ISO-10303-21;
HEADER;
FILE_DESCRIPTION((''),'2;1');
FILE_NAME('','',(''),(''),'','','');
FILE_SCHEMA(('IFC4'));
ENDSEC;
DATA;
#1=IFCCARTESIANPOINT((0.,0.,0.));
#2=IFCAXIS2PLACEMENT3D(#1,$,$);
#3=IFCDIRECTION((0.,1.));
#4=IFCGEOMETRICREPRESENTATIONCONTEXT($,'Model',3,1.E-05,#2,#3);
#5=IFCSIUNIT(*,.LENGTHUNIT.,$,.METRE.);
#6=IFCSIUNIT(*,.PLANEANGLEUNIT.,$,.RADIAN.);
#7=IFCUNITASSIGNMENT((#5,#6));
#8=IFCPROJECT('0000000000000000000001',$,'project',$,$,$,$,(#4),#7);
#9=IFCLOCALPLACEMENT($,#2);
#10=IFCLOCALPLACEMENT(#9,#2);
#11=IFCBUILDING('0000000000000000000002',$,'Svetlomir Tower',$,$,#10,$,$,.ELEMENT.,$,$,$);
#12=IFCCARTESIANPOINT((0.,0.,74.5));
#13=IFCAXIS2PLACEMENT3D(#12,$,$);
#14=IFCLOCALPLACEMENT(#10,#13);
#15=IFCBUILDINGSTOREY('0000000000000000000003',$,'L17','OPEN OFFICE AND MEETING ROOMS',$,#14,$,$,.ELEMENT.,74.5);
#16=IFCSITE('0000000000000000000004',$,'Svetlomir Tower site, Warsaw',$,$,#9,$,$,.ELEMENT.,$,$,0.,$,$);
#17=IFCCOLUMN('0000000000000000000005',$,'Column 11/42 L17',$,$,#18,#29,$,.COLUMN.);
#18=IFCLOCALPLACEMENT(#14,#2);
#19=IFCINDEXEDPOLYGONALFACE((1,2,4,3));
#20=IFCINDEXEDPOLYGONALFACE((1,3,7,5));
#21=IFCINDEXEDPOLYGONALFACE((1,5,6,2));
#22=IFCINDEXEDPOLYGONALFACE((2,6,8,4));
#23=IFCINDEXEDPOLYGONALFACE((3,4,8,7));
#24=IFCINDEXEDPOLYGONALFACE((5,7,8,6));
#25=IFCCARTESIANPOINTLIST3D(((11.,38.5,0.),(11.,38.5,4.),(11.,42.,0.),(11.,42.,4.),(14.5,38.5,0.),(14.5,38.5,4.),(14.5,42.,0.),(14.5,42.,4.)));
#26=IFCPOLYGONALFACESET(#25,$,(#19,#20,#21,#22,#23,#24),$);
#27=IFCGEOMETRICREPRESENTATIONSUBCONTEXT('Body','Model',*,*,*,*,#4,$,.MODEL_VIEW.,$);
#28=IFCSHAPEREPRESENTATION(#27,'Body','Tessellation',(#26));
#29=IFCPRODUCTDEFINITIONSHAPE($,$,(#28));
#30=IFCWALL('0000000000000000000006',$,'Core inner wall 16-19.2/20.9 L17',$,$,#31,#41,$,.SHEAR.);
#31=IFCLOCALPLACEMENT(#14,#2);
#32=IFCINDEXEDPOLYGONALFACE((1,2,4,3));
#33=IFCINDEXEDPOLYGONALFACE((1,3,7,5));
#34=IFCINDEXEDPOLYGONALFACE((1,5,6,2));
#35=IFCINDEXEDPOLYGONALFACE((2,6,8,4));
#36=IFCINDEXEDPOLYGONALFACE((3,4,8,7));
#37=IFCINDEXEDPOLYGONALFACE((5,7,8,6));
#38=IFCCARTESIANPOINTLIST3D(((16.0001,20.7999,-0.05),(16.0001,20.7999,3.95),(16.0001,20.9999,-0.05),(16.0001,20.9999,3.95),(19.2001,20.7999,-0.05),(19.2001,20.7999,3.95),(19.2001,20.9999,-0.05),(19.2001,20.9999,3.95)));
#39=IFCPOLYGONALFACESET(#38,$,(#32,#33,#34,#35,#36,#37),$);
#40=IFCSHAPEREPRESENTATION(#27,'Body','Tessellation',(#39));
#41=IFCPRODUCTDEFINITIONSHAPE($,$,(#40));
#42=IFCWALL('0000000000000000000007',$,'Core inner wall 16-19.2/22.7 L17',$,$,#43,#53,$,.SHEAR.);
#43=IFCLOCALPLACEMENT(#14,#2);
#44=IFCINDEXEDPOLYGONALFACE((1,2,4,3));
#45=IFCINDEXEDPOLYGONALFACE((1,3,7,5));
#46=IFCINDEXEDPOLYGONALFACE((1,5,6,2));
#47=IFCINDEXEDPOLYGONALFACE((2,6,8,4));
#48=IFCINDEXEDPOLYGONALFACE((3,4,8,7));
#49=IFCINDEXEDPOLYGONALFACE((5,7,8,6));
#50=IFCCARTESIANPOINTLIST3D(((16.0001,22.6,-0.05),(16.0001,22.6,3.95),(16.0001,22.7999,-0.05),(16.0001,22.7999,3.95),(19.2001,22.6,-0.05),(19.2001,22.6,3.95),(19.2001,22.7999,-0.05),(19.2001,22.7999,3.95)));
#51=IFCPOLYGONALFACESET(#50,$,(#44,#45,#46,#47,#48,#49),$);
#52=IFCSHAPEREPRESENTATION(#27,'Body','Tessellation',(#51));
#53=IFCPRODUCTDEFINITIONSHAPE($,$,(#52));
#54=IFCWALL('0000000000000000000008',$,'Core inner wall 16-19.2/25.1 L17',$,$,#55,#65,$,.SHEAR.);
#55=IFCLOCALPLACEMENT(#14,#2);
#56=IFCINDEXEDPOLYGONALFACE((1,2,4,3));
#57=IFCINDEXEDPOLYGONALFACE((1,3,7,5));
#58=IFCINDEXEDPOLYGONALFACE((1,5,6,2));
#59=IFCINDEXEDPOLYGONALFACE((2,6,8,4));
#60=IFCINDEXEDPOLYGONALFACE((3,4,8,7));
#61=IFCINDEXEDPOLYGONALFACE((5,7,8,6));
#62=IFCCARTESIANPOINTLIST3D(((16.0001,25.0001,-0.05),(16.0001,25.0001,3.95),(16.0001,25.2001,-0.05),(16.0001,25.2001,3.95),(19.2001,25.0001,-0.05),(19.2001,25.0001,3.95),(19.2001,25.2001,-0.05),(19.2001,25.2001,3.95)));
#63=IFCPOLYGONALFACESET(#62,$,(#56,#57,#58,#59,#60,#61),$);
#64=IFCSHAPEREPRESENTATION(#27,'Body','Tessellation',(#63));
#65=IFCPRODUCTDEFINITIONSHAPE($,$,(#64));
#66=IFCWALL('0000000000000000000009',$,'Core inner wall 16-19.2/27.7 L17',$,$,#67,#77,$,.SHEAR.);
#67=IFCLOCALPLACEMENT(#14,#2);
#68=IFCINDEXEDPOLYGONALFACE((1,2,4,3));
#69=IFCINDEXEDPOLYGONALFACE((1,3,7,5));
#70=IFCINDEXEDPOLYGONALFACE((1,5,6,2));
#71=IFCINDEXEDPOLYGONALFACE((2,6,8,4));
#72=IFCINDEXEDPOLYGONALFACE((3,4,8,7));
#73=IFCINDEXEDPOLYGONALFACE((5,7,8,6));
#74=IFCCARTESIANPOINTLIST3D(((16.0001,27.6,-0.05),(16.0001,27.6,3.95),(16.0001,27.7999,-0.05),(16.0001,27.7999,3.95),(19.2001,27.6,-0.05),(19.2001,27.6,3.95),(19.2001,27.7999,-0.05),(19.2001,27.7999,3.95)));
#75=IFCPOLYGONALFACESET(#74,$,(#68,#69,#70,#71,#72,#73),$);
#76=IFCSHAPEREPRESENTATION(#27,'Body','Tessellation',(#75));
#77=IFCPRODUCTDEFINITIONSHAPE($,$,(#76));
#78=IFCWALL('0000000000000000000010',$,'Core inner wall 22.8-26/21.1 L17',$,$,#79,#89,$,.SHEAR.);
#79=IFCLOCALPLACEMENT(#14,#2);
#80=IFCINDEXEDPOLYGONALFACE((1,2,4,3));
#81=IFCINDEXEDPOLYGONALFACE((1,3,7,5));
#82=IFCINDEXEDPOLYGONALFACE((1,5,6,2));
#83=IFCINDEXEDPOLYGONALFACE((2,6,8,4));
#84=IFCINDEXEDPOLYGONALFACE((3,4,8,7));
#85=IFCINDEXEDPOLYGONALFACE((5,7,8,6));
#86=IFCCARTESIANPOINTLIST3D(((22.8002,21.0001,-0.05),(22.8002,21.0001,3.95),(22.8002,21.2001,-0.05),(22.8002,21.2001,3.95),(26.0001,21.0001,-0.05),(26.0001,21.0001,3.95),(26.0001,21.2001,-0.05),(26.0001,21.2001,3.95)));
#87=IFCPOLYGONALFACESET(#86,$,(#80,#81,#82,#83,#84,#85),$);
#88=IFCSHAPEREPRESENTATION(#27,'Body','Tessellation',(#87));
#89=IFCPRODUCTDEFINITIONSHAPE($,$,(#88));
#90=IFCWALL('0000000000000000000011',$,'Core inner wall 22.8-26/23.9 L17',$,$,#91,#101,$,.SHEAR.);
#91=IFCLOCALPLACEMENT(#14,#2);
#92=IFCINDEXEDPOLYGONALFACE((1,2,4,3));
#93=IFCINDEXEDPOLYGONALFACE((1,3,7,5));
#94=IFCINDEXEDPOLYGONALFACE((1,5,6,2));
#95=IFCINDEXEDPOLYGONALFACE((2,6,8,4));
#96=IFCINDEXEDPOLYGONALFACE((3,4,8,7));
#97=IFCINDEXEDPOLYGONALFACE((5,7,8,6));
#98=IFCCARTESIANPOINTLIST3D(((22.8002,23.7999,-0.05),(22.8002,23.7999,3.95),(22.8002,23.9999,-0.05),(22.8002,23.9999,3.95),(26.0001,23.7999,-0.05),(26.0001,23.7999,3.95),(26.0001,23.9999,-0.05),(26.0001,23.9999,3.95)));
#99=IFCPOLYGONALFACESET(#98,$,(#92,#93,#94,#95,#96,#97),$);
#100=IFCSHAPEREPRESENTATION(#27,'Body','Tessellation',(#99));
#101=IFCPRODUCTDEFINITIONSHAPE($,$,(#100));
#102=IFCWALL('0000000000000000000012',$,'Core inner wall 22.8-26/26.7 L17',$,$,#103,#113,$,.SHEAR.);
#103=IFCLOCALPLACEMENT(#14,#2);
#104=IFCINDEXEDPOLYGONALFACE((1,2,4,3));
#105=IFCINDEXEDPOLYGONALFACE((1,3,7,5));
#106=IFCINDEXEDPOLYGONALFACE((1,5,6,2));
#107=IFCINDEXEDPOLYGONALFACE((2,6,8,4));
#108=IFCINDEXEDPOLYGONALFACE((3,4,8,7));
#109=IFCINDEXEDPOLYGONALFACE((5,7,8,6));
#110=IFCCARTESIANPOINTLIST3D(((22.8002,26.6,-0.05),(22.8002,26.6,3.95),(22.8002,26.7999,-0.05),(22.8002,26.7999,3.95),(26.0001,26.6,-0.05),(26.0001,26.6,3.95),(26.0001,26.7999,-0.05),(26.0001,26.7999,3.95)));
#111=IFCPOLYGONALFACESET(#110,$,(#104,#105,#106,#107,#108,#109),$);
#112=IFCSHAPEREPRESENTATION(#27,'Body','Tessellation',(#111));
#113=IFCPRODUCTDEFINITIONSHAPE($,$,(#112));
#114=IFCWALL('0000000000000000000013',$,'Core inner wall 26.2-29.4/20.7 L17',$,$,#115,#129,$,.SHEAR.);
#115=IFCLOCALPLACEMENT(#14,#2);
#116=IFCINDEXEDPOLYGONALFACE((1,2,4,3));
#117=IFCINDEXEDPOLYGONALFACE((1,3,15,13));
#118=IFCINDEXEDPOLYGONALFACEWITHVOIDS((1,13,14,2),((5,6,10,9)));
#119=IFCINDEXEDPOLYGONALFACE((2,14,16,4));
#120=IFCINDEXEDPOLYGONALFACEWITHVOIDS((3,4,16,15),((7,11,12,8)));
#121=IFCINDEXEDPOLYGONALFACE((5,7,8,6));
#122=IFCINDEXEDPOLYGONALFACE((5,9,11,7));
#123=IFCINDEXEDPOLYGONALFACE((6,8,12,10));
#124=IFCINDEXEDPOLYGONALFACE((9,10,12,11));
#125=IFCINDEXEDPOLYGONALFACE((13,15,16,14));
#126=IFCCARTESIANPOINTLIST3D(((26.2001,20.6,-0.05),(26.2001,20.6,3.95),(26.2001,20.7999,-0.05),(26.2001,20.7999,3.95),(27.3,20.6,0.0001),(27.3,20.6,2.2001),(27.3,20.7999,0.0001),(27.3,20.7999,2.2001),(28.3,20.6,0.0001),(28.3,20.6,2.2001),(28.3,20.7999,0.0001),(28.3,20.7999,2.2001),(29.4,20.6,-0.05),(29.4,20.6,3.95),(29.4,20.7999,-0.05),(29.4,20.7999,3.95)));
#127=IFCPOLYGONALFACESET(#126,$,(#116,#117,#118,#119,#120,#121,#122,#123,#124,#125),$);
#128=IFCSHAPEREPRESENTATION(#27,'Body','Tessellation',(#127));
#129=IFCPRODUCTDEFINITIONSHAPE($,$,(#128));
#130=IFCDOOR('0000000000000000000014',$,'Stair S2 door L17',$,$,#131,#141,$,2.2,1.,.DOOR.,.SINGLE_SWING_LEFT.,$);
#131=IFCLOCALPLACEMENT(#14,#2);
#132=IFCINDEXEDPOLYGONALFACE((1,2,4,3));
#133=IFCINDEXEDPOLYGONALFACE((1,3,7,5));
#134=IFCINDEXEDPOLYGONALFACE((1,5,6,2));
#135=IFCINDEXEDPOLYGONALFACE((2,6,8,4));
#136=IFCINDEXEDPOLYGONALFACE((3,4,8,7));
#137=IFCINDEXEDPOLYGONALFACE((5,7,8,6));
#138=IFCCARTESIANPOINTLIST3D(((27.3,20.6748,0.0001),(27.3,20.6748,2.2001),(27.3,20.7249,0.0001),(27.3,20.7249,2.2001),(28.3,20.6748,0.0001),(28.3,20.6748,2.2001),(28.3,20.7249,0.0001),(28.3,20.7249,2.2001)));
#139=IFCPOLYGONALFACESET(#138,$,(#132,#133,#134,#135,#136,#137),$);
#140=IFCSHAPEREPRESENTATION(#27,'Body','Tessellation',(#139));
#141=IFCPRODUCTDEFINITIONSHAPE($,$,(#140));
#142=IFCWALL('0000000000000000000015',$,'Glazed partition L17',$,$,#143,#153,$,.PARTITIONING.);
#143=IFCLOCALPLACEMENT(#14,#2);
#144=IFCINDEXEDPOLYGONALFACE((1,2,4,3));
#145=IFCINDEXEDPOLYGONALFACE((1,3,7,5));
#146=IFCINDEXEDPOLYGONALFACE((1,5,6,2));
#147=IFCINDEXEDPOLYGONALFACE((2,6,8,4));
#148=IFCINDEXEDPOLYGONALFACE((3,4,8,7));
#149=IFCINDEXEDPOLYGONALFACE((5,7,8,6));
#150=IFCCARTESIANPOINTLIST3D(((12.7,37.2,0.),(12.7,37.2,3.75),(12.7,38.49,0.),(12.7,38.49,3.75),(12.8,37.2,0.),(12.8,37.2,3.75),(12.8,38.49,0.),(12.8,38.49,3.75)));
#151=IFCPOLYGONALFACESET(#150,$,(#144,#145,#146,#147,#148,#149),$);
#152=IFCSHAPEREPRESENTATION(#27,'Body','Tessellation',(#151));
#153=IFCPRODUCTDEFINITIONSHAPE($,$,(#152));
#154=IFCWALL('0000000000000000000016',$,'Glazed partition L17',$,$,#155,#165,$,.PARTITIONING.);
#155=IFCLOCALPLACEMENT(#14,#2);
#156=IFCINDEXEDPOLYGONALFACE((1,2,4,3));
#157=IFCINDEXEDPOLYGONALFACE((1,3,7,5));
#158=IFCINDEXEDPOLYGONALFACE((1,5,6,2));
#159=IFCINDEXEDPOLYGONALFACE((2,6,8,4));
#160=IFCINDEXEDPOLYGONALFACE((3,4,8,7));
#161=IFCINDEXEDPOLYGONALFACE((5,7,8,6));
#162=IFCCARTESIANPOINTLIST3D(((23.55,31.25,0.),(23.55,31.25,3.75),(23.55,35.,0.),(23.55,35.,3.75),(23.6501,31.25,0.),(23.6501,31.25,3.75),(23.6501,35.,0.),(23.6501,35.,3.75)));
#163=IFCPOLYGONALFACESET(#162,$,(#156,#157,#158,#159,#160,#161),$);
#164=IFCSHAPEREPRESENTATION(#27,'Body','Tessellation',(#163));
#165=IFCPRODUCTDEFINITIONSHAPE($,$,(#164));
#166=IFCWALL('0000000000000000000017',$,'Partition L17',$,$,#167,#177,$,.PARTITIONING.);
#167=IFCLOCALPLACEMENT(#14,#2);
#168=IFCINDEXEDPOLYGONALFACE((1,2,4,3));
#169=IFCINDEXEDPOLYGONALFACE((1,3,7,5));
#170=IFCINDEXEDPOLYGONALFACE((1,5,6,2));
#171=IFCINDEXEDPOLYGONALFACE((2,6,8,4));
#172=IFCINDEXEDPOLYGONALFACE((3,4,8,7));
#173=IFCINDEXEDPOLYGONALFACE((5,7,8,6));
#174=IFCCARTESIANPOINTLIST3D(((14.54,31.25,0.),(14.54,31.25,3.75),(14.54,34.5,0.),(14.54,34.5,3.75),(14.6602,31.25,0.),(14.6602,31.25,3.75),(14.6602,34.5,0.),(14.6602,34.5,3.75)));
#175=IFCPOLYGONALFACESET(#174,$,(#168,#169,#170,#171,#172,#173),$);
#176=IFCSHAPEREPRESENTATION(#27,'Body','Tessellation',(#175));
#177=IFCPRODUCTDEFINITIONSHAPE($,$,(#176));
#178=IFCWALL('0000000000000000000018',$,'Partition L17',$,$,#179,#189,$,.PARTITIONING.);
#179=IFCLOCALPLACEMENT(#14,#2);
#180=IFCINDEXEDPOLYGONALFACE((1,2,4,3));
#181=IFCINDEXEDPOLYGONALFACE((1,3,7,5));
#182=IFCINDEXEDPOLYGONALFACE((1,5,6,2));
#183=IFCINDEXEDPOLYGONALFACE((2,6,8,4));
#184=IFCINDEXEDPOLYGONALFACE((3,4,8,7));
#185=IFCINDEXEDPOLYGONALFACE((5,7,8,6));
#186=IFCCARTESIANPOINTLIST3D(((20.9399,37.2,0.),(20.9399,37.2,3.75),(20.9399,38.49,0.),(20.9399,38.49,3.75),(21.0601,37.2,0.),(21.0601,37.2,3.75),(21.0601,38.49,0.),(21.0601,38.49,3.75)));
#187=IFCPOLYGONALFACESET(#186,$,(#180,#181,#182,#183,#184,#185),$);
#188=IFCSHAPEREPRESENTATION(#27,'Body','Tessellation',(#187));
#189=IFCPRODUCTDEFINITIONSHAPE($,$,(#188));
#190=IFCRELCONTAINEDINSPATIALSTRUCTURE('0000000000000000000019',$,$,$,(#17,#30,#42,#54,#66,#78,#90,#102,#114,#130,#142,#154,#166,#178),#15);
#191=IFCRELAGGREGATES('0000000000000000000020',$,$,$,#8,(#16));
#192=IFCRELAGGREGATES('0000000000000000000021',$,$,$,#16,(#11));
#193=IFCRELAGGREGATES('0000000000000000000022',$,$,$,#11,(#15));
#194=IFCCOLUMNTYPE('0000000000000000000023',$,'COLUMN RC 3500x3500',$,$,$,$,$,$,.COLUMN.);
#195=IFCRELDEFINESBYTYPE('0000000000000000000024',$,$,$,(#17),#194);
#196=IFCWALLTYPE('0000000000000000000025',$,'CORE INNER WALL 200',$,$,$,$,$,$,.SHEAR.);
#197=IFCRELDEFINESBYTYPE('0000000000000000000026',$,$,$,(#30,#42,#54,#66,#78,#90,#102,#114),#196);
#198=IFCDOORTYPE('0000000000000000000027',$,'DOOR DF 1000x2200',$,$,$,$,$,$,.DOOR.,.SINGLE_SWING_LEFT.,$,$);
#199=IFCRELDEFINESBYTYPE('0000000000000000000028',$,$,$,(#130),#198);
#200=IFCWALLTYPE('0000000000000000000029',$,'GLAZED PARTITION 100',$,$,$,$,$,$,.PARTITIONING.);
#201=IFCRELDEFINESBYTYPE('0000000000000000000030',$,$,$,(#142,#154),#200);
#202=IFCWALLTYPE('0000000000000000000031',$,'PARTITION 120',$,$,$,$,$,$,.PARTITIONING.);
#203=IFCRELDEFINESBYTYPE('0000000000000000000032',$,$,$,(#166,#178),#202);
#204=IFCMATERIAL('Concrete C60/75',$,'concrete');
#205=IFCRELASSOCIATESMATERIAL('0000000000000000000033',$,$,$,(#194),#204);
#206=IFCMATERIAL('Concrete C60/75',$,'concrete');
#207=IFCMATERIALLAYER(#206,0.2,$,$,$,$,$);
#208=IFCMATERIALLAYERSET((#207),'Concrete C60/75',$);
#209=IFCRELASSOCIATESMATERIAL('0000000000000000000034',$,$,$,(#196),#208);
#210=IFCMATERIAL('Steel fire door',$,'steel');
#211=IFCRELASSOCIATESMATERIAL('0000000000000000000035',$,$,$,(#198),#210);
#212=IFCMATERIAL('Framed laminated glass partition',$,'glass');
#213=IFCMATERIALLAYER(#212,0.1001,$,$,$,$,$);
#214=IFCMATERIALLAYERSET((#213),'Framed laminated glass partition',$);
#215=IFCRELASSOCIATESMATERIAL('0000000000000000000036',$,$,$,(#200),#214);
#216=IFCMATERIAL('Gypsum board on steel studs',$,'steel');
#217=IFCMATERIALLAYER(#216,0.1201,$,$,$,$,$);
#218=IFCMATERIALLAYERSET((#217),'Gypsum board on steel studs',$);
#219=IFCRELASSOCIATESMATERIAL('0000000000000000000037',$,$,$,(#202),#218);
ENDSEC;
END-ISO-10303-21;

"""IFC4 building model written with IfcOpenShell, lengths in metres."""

from ifc_helpers import new_model, si_unit, direction, frame, frame_2d, origin, origin_2d, place, context, subcontext, project, spatial, rectangle, extrude, material, layer, layer_set, material_profile, profile_set, type_object, element, fill, save


model = new_model("IFC4")

# Units and contexts
model_context = context("Model", 3, precision=1e-05, world=origin(), true_north=direction((0.0, 1.0)))
body_context = subcontext(model_context, "Body", "Model", "MODEL_VIEW")
ifc_project = project(units=[si_unit("LENGTHUNIT", "METRE"), si_unit("PLANEANGLEUNIT", "RADIAN")], contexts=[model_context])

# Site, building, storey
site_placement = place(None, origin())
site = spatial("IfcSite", under=ifc_project, at=site_placement, Name="Svetlomir Tower site, Warsaw", CompositionType="ELEMENT", RefElevation=0.0)
building_placement = place(site_placement, origin())
building = spatial("IfcBuilding", under=site, at=building_placement, Name="Svetlomir Tower", CompositionType="ELEMENT")
storey_placement = place(building_placement, frame((0.0, 0.0, 74.5)))
storey = spatial("IfcBuildingStorey", under=building, at=storey_placement, Name="L17", Description="OPEN OFFICE AND MEETING ROOMS", CompositionType="ELEMENT", Elevation=74.5)

# Column
ifc_material_1 = material(Name="Concrete C60/75", Category="concrete")
ifc_material_profile = material_profile(ifc_material_1, rectangle(XDim=3.5, YDim=3.5, at=origin_2d()), Name="RC 3500x3500")
ifc_profile_set = profile_set([ifc_material_profile], Name="Concrete C60/75")
column_type = type_object("IfcColumnType", Name="COLUMN RC 3500x3500", PredefinedType="COLUMN", material=ifc_profile_set)
column_placement = place(storey_placement, frame((12.75, 40.25, 0.0), z_axis=(0.0, 0.0, 1.0), x_axis=(1.0, 0.0, 0.0)))
element("IfcColumn", 1, at=column_placement, inside=storey, type_object=column_type, Name="Column 11/42 L17", PredefinedType="COLUMN", context=body_context, shape_type="SweptSolid", body=[
    extrude(rectangle(XDim=3.5, YDim=3.5, at=origin_2d()), origin(), (0.0, 0.0, 1.0), 4.0),
])

# Walls
ifc_material_2 = material(Name="Concrete C60/75", Category="concrete")
ifc_layer_1 = layer(ifc_material_2, 0.2)
ifc_layer_set_1 = layer_set([ifc_layer_1], Name="Concrete C60/75")
wall_type_1 = type_object("IfcWallType", Name="CORE INNER WALL 200", PredefinedType="SHEAR", material=ifc_layer_set_1)
for number, where, z_axis, x_axis, name in (
    (2, (16.0, 20.8999, -0.05), (0.0, 0.0, 1.0), (1.0, 0.0, 0.0), "Core inner wall 16-19.2/20.9 L17"),
    (3, (16.0, 22.7, -0.05), (0.0, 0.0, 1.0), (1.0, 0.0, 0.0), "Core inner wall 16-19.2/22.7 L17"),
    (4, (16.0, 25.1001, -0.05), (0.0, 0.0, 1.0), (1.0, 0.0, 0.0), "Core inner wall 16-19.2/25.1 L17"),
    (5, (16.0, 27.7, -0.05), (0.0, 0.0, 1.0), (1.0, 0.0, 0.0), "Core inner wall 16-19.2/27.7 L17"),
    (6, (22.8, 21.1001, -0.05), (0.0, 0.0, 1.0), (1.0, 0.0, 0.0), "Core inner wall 22.8-26/21.1 L17"),
    (7, (22.8, 23.8999, -0.05), (0.0, 0.0, 1.0), (1.0, 0.0, 0.0), "Core inner wall 22.8-26/23.9 L17"),
    (8, (22.8, 26.7, -0.05), (0.0, 0.0, 1.0), (1.0, 0.0, 0.0), "Core inner wall 22.8-26/26.7 L17"),
):
    element("IfcWall", number, at=place(storey_placement, frame(where, z_axis=z_axis, x_axis=x_axis)), inside=storey, type_object=wall_type_1, Name=name, PredefinedType="SHEAR", context=body_context, shape_type="SweptSolid", body=[
        extrude(rectangle(XDim=3.2, YDim=0.2, at=frame_2d((1.6001, 0.0))), origin(), (0.0, 0.0, 1.0), 4.0),
    ])

# Wall, opening, door
wall_1_placement = place(storey_placement, frame((26.2, 20.7, -0.05), z_axis=(0.0, 0.0, 1.0), x_axis=(1.0, 0.0, 0.0)))
wall_1 = element("IfcWall", 9, at=wall_1_placement, inside=storey, type_object=wall_type_1, Name="Core inner wall 26.2-29.4/20.7 L17", PredefinedType="SHEAR", context=body_context, shape_type="SweptSolid", body=[
    extrude(rectangle(XDim=3.2, YDim=0.2, at=frame_2d((1.6001, 0.0))), origin(), (0.0, 0.0, 1.0), 4.0),
])
opening_1_placement = place(wall_1_placement, frame((1.1001, 0.0, 0.05)))
opening_1 = element("IfcOpeningElement", 10, at=opening_1_placement, cuts=wall_1, PredefinedType="OPENING", context=body_context, shape_type="SweptSolid", body=[
    extrude(rectangle(XDim=1.0, YDim=2.2, at=frame_2d((0.5, 1.1001))), frame((0.0, 0.1099, 0.0), z_axis=(0.0, -1.0, 0.0), x_axis=(1.0, 0.0, 0.0)), (0.0, 0.0, 1.0), 0.22),
])
ifc_material_3 = material(Name="Steel fire door", Category="steel")
door_type_1 = type_object("IfcDoorType", Name="DOOR DF 1000x2200", OperationType="SINGLE_SWING_LEFT", PredefinedType="DOOR", material=ifc_material_3)
door_1_placement = place(opening_1_placement, origin())
door_1 = element("IfcDoor", 11, at=door_1_placement, inside=storey, type_object=door_type_1, Name="Stair S2 door L17", OperationType="SINGLE_SWING_LEFT", OverallHeight=2.2, OverallWidth=1.0, PredefinedType="DOOR", context=body_context, shape_type="SweptSolid", body=[
    extrude(rectangle(XDim=1.0, YDim=2.2, at=frame_2d((0.5, 1.1001))), frame((0.0, 0.0249, 0.0), z_axis=(0.0, -1.0, 0.0), x_axis=(1.0, 0.0, 0.0)), (0.0, 0.0, 1.0), 0.05),
])
fill(opening_1, door_1)

# Walls
ifc_material_4 = material(Name="Framed laminated glass partition", Category="glass")
ifc_layer_2 = layer(ifc_material_4, 0.1001)
ifc_layer_set_2 = layer_set([ifc_layer_2], Name="Framed laminated glass partition")
wall_type_2 = type_object("IfcWallType", Name="GLAZED PARTITION 100", PredefinedType="PARTITIONING", material=ifc_layer_set_2)
wall_2_placement = place(storey_placement, frame((12.75, 37.2, 0.0), z_axis=(0.0, 0.0, 1.0), x_axis=(0.0, 1.0, 0.0)))
element("IfcWall", 12, at=wall_2_placement, inside=storey, type_object=wall_type_2, Name="Glazed partition L17", PredefinedType="PARTITIONING", context=body_context, shape_type="SweptSolid", body=[
    extrude(rectangle(XDim=1.29, YDim=0.1001, at=frame_2d((0.645, 0.0))), origin(), (0.0, 0.0, 1.0), 3.75),
])
wall_3_placement = place(storey_placement, frame((23.6001, 31.25, 0.0), z_axis=(0.0, 0.0, 1.0), x_axis=(0.0, 1.0, 0.0)))
element("IfcWall", 13, at=wall_3_placement, inside=storey, type_object=wall_type_2, Name="Glazed partition L17", PredefinedType="PARTITIONING", context=body_context, shape_type="SweptSolid", body=[
    extrude(rectangle(XDim=3.75, YDim=0.1001, at=frame_2d((1.875, 0.0))), origin(), (0.0, 0.0, 1.0), 3.75),
])
ifc_material_5 = material(Name="Gypsum board on steel studs", Category="steel")
ifc_layer_3 = layer(ifc_material_5, 0.1201)
ifc_layer_set_3 = layer_set([ifc_layer_3], Name="Gypsum board on steel studs")
wall_type_3 = type_object("IfcWallType", Name="PARTITION 120", PredefinedType="PARTITIONING", material=ifc_layer_set_3)
wall_4_placement = place(storey_placement, frame((14.6001, 31.25, 0.0), z_axis=(0.0, 0.0, 1.0), x_axis=(0.0, 1.0, 0.0)))
element("IfcWall", 14, at=wall_4_placement, inside=storey, type_object=wall_type_3, Name="Partition L17", PredefinedType="PARTITIONING", context=body_context, shape_type="SweptSolid", body=[
    extrude(rectangle(XDim=3.25, YDim=0.1201, at=frame_2d((1.625, 0.0))), origin(), (0.0, 0.0, 1.0), 3.75),
])
wall_5_placement = place(storey_placement, frame((21.0, 37.2, 0.0), z_axis=(0.0, 0.0, 1.0), x_axis=(0.0, 1.0, 0.0)))
element("IfcWall", 15, at=wall_5_placement, inside=storey, type_object=wall_type_3, Name="Partition L17", PredefinedType="PARTITIONING", context=body_context, shape_type="SweptSolid", body=[
    extrude(rectangle(XDim=1.29, YDim=0.1201, at=frame_2d((0.645, 0.0))), origin(), (0.0, 0.0, 1.0), 3.75),
])

save(model, "model.ifc")
